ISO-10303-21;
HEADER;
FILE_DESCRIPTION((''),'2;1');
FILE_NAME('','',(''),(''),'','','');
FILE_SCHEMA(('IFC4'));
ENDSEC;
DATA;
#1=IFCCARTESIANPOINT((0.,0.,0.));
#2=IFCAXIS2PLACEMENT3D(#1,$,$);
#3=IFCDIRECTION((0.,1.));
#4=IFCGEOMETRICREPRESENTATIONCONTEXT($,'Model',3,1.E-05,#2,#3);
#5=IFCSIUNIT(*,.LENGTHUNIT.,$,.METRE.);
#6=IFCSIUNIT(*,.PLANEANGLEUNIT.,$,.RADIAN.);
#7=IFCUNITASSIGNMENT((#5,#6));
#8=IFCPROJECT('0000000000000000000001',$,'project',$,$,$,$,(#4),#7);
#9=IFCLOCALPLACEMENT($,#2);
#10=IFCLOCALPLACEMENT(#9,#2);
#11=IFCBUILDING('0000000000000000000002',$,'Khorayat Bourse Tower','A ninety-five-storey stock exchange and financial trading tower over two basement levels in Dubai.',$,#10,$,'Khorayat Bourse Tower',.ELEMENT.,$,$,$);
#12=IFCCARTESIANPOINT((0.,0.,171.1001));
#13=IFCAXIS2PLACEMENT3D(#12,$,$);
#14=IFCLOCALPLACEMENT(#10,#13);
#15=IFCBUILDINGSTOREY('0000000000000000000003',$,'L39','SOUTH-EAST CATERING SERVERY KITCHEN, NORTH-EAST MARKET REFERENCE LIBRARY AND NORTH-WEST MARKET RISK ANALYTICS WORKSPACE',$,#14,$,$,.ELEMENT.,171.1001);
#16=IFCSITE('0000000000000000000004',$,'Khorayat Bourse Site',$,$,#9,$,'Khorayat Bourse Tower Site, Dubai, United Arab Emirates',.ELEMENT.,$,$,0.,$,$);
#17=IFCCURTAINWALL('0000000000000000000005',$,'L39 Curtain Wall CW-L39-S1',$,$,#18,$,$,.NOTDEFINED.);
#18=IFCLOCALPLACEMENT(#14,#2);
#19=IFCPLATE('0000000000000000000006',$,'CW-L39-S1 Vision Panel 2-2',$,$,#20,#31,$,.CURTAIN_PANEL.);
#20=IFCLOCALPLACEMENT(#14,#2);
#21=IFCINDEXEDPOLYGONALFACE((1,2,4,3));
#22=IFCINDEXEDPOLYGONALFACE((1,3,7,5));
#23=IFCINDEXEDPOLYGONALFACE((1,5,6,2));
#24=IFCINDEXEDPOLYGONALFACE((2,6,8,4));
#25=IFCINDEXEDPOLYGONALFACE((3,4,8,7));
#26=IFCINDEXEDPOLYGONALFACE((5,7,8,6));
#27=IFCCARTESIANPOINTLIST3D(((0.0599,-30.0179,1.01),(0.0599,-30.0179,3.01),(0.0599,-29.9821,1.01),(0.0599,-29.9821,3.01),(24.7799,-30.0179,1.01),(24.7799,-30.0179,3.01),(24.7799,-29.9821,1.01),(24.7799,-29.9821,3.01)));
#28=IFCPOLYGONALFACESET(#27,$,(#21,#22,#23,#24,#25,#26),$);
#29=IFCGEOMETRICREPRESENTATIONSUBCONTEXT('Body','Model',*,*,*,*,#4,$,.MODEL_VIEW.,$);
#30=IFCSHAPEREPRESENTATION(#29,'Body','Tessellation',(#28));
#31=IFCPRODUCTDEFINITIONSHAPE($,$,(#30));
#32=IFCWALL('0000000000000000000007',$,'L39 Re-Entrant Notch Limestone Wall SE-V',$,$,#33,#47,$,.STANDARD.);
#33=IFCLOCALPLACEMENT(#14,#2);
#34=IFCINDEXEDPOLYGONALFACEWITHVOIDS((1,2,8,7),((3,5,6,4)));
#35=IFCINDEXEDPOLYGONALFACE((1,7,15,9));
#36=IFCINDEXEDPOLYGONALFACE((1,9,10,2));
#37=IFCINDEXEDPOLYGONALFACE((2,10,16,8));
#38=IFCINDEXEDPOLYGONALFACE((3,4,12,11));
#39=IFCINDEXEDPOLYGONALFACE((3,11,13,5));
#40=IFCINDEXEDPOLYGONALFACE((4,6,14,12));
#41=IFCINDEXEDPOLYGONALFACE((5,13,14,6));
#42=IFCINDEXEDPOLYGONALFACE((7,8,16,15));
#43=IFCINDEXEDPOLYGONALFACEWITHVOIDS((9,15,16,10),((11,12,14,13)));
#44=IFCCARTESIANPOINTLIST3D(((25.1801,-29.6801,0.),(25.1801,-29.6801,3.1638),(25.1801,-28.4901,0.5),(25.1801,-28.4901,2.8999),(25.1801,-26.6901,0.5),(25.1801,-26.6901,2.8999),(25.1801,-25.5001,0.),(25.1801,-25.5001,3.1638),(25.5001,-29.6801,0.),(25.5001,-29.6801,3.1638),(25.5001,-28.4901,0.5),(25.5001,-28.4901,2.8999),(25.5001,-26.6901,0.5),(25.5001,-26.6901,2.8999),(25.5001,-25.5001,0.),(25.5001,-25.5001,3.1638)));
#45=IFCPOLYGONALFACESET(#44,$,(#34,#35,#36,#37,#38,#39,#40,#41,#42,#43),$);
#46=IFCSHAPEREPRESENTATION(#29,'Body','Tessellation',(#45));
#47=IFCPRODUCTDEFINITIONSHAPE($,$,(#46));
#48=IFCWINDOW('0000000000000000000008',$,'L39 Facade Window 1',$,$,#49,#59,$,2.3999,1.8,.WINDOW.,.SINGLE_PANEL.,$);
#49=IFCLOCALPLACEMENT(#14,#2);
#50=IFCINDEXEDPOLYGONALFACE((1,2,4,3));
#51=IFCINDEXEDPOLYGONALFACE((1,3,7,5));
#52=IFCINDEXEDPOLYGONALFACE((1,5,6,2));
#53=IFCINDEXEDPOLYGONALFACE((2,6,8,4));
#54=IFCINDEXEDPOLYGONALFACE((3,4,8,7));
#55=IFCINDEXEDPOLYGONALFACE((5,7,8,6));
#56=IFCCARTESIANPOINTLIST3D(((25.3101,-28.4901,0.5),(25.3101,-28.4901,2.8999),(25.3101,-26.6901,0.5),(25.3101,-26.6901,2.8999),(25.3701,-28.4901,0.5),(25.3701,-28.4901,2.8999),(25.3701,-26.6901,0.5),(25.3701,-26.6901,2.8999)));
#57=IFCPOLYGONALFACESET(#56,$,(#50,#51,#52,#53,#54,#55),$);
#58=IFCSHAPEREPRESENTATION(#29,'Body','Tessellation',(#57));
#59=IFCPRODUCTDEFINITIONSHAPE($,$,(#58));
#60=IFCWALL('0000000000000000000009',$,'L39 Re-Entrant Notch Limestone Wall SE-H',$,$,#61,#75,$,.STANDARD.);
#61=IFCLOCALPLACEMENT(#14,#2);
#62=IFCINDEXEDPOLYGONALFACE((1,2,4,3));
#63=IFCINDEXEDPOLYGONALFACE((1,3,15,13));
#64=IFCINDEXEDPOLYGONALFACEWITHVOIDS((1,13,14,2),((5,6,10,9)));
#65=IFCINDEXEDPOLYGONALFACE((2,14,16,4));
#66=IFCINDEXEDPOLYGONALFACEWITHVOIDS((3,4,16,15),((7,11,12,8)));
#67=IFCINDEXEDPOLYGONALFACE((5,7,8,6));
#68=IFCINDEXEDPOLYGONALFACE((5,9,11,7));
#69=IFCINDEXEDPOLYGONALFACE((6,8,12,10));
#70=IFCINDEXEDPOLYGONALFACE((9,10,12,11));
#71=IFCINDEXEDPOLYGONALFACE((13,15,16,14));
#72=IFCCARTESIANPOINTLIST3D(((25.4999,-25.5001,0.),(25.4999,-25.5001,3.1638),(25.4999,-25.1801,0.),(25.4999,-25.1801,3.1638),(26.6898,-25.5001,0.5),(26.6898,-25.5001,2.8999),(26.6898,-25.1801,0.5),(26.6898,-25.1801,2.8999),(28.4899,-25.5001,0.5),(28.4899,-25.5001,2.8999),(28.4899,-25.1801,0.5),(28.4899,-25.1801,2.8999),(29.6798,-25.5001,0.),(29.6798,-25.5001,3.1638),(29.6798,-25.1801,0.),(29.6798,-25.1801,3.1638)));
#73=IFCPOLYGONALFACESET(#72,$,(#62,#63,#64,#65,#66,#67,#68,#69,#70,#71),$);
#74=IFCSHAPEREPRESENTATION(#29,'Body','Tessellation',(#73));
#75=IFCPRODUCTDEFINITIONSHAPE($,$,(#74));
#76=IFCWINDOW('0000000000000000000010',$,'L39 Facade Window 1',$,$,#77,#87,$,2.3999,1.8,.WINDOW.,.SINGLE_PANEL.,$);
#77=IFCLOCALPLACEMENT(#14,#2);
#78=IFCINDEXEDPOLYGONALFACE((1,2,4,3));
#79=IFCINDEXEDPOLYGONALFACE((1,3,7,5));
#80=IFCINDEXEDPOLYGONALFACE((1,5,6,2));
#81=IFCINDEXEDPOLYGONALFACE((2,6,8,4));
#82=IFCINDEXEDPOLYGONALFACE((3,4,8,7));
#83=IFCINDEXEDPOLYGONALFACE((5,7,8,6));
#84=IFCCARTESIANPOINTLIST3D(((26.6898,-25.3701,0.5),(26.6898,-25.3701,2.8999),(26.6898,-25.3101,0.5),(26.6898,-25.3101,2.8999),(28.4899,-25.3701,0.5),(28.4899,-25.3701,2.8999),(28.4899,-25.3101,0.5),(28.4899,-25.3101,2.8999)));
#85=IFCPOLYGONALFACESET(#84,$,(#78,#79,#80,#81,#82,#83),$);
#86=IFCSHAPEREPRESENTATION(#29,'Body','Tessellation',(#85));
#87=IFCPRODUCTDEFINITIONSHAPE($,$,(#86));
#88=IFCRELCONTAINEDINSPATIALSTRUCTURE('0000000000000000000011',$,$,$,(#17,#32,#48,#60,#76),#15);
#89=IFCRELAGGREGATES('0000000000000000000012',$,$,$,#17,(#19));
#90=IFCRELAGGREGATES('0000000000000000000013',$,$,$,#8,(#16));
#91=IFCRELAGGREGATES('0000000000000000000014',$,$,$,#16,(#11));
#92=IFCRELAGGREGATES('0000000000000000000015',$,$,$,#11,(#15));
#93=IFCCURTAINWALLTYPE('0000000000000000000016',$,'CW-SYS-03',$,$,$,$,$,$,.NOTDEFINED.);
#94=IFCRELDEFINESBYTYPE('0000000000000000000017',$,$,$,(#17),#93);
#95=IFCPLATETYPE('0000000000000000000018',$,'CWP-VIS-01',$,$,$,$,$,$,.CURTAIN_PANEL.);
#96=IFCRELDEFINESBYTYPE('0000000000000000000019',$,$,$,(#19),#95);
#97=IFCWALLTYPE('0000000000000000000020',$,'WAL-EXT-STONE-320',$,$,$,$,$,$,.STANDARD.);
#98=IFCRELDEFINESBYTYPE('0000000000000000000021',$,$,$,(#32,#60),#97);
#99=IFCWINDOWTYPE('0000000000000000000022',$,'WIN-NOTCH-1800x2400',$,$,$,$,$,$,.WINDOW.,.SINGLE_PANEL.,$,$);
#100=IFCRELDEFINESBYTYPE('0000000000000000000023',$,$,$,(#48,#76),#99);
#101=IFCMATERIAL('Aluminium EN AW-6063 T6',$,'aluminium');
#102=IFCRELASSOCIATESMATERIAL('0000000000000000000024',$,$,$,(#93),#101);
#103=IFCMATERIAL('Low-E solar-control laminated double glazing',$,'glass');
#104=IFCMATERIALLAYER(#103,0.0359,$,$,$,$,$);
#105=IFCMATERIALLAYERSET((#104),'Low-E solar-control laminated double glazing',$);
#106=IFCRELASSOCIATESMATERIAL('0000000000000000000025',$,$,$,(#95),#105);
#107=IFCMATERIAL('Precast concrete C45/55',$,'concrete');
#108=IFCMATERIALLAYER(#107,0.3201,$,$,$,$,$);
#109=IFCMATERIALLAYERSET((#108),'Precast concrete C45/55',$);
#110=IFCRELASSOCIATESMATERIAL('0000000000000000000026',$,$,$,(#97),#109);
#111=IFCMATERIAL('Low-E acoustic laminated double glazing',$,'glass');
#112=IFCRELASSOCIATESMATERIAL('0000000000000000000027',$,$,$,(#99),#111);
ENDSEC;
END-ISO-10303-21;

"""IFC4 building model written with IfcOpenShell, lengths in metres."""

from ifc_helpers import new_model, si_unit, direction, frame, frame_2d, origin, origin_2d, place, context, subcontext, project, spatial, rectangle, extrude, source, transform, mapped, material, layer, layer_set, type_object, element, fill, aggregate, save


model = new_model("IFC4")

# Units and contexts
model_context = context("Model", 3, precision=1e-05, world=origin(), true_north=direction((0.0, 1.0)))
body_context = subcontext(model_context, "Body", "Model", "MODEL_VIEW")
ifc_project = project(units=[si_unit("LENGTHUNIT", "METRE"), si_unit("PLANEANGLEUNIT", "RADIAN")], contexts=[model_context])

# Site, building, storey
site_placement = place(None, origin())
site = spatial("IfcSite", under=ifc_project, at=site_placement, Name="Khorayat Bourse Site", LongName="Khorayat Bourse Tower Site, Dubai, United Arab Emirates", CompositionType="ELEMENT", RefElevation=0.0)
building_placement = place(site_placement, origin())
building = spatial("IfcBuilding", under=site, at=building_placement, Name="Khorayat Bourse Tower", Description="A ninety-five-storey stock exchange and financial trading tower over two basement levels in Dubai.", LongName="Khorayat Bourse Tower", CompositionType="ELEMENT")
storey_placement = place(building_placement, frame((0.0, 0.0, 171.1001)))
storey = spatial("IfcBuildingStorey", under=building, at=storey_placement, Name="L39", Description="SOUTH-EAST CATERING SERVERY KITCHEN, NORTH-EAST MARKET REFERENCE LIBRARY AND NORTH-WEST MARKET RISK ANALYTICS WORKSPACE", CompositionType="ELEMENT", Elevation=171.1001)

# Curtain wall
ifc_material_1 = material(Name="Aluminium EN AW-6063 T6", Category="aluminium")
curtain_wall_type = type_object("IfcCurtainWallType", Name="CW-SYS-03", PredefinedType="NOTDEFINED", material=ifc_material_1)
curtain_wall_1_placement = place(storey_placement, origin())
curtain_wall_1 = element("IfcCurtainWall", 1, at=curtain_wall_1_placement, inside=storey, type_object=curtain_wall_type, Name="L39 Curtain Wall CW-L39-S1", PredefinedType="NOTDEFINED")

# Plate
ifc_material_2 = material(Name="Low-E solar-control laminated double glazing", Category="glass")
ifc_layer_1 = layer(ifc_material_2, 0.0359)
ifc_layer_set_1 = layer_set([ifc_layer_1], Name="Low-E solar-control laminated double glazing")
plate_type_1 = type_object("IfcPlateType", Name="CWP-VIS-01", PredefinedType="CURTAIN_PANEL", material=ifc_layer_set_1)
shared_shape_1 = source(origin(), body_context, "Body", "SweptSolid", [
    extrude(rectangle(XDim=24.72, YDim=0.0359, at=origin_2d()), origin(), (0.0, 0.0, 1.0), 2.0),
])
plate_1_placement = place(storey_placement, frame((12.4199, -30.0, 1.01), z_axis=(0.0, 0.0, 1.0), x_axis=(1.0, 0.0, 0.0)))
plate_1 = element("IfcPlate", 2, at=plate_1_placement, type_object=plate_type_1, Name="CW-L39-S1 Vision Panel 2-2", PredefinedType="CURTAIN_PANEL", context=body_context, shape_type="MappedRepresentation", body=[
    mapped(shared_shape_1, transform((0.0, 0.0, 0.0), scale=1.0)),
])
aggregate(curtain_wall_1, [plate_1])

# Walls, openings, windows
ifc_material_3 = material(Name="Precast concrete C45/55", Category="concrete")
ifc_layer_2 = layer(ifc_material_3, 0.3201)
ifc_layer_set_2 = layer_set([ifc_layer_2], Name="Precast concrete C45/55")
wall_type = type_object("IfcWallType", Name="WAL-EXT-STONE-320", PredefinedType="STANDARD", material=ifc_layer_set_2)
shared_shape_2 = source(origin(), body_context, "Body", "SweptSolid", [
    extrude(rectangle(XDim=4.1799, YDim=0.3201, at=frame_2d((2.0898, 0.0))), origin(), (0.0, 0.0, 1.0), 3.1638),
])
wall_1_placement = place(storey_placement, frame((25.3401, -29.6799, 0.0), z_axis=(0.0, 0.0, 1.0), x_axis=(0.0, 1.0, 0.0)))
wall_1 = element("IfcWall", 3, at=wall_1_placement, inside=storey, type_object=wall_type, Name="L39 Re-Entrant Notch Limestone Wall SE-V", PredefinedType="STANDARD", context=body_context, shape_type="MappedRepresentation", body=[
    mapped(shared_shape_2, transform((0.0, 0.0, 0.0), scale=1.0)),
])
shared_shape_3 = source(origin(), body_context, "Body", "SweptSolid", [
    extrude(rectangle(XDim=1.8, YDim=2.3999, at=frame_2d((0.8999, 1.2))), frame((0.0, 0.1699, 0.0), z_axis=(0.0, -1.0, 0.0), x_axis=(1.0, 0.0, 0.0)), (0.0, 0.0, 1.0), 0.3401),
])
opening_1_placement = place(wall_1_placement, frame((1.1899, 0.0, 0.5)))
opening_1 = element("IfcOpeningElement", 4, at=opening_1_placement, cuts=wall_1, PredefinedType="OPENING", context=body_context, shape_type="MappedRepresentation", body=[
    mapped(shared_shape_3, transform((0.0, 0.0, 0.0), scale=1.0)),
])
ifc_material_4 = material(Name="Low-E acoustic laminated double glazing", Category="glass")
window_type = type_object("IfcWindowType", Name="WIN-NOTCH-1800x2400", PartitioningType="SINGLE_PANEL", PredefinedType="WINDOW", material=ifc_material_4)
shared_shape_4 = source(origin(), body_context, "Body", "SweptSolid", [
    extrude(rectangle(XDim=1.8, YDim=2.3999, at=frame_2d((0.8999, 1.2))), frame((0.0, 0.03, 0.0), z_axis=(0.0, -1.0, 0.0), x_axis=(1.0, 0.0, 0.0)), (0.0, 0.0, 1.0), 0.0601),
])
window_1_placement = place(opening_1_placement, origin())
window_1 = element("IfcWindow", 5, at=window_1_placement, inside=storey, type_object=window_type, Name="L39 Facade Window 1", OverallHeight=2.3999, OverallWidth=1.8, PartitioningType="SINGLE_PANEL", PredefinedType="WINDOW", context=body_context, shape_type="MappedRepresentation", body=[
    mapped(shared_shape_4, transform((0.0, 0.0, 0.0), scale=1.0)),
])
fill(opening_1, window_1)
wall_2_placement = place(storey_placement, frame((25.5, -25.3401, 0.0), z_axis=(0.0, 0.0, 1.0), x_axis=(1.0, 0.0, 0.0)))
wall_2 = element("IfcWall", 6, at=wall_2_placement, inside=storey, type_object=wall_type, Name="L39 Re-Entrant Notch Limestone Wall SE-H", PredefinedType="STANDARD", context=body_context, shape_type="MappedRepresentation", body=[
    mapped(shared_shape_2, transform((0.0, 0.0, 0.0), scale=1.0)),
])
opening_2_placement = place(wall_2_placement, frame((1.1899, 0.0, 0.5)))
opening_2 = element("IfcOpeningElement", 7, at=opening_2_placement, cuts=wall_2, PredefinedType="OPENING", context=body_context, shape_type="MappedRepresentation", body=[
    mapped(shared_shape_3, transform((0.0, 0.0, 0.0), scale=1.0)),
])
window_2_placement = place(opening_2_placement, origin())
window_2 = element("IfcWindow", 8, at=window_2_placement, inside=storey, type_object=window_type, Name="L39 Facade Window 1", OverallHeight=2.3999, OverallWidth=1.8, PartitioningType="SINGLE_PANEL", PredefinedType="WINDOW", context=body_context, shape_type="MappedRepresentation", body=[
    mapped(shared_shape_4, transform((0.0, 0.0, 0.0), scale=1.0)),
])
fill(opening_2, window_2)

save(model, "model.ifc")
